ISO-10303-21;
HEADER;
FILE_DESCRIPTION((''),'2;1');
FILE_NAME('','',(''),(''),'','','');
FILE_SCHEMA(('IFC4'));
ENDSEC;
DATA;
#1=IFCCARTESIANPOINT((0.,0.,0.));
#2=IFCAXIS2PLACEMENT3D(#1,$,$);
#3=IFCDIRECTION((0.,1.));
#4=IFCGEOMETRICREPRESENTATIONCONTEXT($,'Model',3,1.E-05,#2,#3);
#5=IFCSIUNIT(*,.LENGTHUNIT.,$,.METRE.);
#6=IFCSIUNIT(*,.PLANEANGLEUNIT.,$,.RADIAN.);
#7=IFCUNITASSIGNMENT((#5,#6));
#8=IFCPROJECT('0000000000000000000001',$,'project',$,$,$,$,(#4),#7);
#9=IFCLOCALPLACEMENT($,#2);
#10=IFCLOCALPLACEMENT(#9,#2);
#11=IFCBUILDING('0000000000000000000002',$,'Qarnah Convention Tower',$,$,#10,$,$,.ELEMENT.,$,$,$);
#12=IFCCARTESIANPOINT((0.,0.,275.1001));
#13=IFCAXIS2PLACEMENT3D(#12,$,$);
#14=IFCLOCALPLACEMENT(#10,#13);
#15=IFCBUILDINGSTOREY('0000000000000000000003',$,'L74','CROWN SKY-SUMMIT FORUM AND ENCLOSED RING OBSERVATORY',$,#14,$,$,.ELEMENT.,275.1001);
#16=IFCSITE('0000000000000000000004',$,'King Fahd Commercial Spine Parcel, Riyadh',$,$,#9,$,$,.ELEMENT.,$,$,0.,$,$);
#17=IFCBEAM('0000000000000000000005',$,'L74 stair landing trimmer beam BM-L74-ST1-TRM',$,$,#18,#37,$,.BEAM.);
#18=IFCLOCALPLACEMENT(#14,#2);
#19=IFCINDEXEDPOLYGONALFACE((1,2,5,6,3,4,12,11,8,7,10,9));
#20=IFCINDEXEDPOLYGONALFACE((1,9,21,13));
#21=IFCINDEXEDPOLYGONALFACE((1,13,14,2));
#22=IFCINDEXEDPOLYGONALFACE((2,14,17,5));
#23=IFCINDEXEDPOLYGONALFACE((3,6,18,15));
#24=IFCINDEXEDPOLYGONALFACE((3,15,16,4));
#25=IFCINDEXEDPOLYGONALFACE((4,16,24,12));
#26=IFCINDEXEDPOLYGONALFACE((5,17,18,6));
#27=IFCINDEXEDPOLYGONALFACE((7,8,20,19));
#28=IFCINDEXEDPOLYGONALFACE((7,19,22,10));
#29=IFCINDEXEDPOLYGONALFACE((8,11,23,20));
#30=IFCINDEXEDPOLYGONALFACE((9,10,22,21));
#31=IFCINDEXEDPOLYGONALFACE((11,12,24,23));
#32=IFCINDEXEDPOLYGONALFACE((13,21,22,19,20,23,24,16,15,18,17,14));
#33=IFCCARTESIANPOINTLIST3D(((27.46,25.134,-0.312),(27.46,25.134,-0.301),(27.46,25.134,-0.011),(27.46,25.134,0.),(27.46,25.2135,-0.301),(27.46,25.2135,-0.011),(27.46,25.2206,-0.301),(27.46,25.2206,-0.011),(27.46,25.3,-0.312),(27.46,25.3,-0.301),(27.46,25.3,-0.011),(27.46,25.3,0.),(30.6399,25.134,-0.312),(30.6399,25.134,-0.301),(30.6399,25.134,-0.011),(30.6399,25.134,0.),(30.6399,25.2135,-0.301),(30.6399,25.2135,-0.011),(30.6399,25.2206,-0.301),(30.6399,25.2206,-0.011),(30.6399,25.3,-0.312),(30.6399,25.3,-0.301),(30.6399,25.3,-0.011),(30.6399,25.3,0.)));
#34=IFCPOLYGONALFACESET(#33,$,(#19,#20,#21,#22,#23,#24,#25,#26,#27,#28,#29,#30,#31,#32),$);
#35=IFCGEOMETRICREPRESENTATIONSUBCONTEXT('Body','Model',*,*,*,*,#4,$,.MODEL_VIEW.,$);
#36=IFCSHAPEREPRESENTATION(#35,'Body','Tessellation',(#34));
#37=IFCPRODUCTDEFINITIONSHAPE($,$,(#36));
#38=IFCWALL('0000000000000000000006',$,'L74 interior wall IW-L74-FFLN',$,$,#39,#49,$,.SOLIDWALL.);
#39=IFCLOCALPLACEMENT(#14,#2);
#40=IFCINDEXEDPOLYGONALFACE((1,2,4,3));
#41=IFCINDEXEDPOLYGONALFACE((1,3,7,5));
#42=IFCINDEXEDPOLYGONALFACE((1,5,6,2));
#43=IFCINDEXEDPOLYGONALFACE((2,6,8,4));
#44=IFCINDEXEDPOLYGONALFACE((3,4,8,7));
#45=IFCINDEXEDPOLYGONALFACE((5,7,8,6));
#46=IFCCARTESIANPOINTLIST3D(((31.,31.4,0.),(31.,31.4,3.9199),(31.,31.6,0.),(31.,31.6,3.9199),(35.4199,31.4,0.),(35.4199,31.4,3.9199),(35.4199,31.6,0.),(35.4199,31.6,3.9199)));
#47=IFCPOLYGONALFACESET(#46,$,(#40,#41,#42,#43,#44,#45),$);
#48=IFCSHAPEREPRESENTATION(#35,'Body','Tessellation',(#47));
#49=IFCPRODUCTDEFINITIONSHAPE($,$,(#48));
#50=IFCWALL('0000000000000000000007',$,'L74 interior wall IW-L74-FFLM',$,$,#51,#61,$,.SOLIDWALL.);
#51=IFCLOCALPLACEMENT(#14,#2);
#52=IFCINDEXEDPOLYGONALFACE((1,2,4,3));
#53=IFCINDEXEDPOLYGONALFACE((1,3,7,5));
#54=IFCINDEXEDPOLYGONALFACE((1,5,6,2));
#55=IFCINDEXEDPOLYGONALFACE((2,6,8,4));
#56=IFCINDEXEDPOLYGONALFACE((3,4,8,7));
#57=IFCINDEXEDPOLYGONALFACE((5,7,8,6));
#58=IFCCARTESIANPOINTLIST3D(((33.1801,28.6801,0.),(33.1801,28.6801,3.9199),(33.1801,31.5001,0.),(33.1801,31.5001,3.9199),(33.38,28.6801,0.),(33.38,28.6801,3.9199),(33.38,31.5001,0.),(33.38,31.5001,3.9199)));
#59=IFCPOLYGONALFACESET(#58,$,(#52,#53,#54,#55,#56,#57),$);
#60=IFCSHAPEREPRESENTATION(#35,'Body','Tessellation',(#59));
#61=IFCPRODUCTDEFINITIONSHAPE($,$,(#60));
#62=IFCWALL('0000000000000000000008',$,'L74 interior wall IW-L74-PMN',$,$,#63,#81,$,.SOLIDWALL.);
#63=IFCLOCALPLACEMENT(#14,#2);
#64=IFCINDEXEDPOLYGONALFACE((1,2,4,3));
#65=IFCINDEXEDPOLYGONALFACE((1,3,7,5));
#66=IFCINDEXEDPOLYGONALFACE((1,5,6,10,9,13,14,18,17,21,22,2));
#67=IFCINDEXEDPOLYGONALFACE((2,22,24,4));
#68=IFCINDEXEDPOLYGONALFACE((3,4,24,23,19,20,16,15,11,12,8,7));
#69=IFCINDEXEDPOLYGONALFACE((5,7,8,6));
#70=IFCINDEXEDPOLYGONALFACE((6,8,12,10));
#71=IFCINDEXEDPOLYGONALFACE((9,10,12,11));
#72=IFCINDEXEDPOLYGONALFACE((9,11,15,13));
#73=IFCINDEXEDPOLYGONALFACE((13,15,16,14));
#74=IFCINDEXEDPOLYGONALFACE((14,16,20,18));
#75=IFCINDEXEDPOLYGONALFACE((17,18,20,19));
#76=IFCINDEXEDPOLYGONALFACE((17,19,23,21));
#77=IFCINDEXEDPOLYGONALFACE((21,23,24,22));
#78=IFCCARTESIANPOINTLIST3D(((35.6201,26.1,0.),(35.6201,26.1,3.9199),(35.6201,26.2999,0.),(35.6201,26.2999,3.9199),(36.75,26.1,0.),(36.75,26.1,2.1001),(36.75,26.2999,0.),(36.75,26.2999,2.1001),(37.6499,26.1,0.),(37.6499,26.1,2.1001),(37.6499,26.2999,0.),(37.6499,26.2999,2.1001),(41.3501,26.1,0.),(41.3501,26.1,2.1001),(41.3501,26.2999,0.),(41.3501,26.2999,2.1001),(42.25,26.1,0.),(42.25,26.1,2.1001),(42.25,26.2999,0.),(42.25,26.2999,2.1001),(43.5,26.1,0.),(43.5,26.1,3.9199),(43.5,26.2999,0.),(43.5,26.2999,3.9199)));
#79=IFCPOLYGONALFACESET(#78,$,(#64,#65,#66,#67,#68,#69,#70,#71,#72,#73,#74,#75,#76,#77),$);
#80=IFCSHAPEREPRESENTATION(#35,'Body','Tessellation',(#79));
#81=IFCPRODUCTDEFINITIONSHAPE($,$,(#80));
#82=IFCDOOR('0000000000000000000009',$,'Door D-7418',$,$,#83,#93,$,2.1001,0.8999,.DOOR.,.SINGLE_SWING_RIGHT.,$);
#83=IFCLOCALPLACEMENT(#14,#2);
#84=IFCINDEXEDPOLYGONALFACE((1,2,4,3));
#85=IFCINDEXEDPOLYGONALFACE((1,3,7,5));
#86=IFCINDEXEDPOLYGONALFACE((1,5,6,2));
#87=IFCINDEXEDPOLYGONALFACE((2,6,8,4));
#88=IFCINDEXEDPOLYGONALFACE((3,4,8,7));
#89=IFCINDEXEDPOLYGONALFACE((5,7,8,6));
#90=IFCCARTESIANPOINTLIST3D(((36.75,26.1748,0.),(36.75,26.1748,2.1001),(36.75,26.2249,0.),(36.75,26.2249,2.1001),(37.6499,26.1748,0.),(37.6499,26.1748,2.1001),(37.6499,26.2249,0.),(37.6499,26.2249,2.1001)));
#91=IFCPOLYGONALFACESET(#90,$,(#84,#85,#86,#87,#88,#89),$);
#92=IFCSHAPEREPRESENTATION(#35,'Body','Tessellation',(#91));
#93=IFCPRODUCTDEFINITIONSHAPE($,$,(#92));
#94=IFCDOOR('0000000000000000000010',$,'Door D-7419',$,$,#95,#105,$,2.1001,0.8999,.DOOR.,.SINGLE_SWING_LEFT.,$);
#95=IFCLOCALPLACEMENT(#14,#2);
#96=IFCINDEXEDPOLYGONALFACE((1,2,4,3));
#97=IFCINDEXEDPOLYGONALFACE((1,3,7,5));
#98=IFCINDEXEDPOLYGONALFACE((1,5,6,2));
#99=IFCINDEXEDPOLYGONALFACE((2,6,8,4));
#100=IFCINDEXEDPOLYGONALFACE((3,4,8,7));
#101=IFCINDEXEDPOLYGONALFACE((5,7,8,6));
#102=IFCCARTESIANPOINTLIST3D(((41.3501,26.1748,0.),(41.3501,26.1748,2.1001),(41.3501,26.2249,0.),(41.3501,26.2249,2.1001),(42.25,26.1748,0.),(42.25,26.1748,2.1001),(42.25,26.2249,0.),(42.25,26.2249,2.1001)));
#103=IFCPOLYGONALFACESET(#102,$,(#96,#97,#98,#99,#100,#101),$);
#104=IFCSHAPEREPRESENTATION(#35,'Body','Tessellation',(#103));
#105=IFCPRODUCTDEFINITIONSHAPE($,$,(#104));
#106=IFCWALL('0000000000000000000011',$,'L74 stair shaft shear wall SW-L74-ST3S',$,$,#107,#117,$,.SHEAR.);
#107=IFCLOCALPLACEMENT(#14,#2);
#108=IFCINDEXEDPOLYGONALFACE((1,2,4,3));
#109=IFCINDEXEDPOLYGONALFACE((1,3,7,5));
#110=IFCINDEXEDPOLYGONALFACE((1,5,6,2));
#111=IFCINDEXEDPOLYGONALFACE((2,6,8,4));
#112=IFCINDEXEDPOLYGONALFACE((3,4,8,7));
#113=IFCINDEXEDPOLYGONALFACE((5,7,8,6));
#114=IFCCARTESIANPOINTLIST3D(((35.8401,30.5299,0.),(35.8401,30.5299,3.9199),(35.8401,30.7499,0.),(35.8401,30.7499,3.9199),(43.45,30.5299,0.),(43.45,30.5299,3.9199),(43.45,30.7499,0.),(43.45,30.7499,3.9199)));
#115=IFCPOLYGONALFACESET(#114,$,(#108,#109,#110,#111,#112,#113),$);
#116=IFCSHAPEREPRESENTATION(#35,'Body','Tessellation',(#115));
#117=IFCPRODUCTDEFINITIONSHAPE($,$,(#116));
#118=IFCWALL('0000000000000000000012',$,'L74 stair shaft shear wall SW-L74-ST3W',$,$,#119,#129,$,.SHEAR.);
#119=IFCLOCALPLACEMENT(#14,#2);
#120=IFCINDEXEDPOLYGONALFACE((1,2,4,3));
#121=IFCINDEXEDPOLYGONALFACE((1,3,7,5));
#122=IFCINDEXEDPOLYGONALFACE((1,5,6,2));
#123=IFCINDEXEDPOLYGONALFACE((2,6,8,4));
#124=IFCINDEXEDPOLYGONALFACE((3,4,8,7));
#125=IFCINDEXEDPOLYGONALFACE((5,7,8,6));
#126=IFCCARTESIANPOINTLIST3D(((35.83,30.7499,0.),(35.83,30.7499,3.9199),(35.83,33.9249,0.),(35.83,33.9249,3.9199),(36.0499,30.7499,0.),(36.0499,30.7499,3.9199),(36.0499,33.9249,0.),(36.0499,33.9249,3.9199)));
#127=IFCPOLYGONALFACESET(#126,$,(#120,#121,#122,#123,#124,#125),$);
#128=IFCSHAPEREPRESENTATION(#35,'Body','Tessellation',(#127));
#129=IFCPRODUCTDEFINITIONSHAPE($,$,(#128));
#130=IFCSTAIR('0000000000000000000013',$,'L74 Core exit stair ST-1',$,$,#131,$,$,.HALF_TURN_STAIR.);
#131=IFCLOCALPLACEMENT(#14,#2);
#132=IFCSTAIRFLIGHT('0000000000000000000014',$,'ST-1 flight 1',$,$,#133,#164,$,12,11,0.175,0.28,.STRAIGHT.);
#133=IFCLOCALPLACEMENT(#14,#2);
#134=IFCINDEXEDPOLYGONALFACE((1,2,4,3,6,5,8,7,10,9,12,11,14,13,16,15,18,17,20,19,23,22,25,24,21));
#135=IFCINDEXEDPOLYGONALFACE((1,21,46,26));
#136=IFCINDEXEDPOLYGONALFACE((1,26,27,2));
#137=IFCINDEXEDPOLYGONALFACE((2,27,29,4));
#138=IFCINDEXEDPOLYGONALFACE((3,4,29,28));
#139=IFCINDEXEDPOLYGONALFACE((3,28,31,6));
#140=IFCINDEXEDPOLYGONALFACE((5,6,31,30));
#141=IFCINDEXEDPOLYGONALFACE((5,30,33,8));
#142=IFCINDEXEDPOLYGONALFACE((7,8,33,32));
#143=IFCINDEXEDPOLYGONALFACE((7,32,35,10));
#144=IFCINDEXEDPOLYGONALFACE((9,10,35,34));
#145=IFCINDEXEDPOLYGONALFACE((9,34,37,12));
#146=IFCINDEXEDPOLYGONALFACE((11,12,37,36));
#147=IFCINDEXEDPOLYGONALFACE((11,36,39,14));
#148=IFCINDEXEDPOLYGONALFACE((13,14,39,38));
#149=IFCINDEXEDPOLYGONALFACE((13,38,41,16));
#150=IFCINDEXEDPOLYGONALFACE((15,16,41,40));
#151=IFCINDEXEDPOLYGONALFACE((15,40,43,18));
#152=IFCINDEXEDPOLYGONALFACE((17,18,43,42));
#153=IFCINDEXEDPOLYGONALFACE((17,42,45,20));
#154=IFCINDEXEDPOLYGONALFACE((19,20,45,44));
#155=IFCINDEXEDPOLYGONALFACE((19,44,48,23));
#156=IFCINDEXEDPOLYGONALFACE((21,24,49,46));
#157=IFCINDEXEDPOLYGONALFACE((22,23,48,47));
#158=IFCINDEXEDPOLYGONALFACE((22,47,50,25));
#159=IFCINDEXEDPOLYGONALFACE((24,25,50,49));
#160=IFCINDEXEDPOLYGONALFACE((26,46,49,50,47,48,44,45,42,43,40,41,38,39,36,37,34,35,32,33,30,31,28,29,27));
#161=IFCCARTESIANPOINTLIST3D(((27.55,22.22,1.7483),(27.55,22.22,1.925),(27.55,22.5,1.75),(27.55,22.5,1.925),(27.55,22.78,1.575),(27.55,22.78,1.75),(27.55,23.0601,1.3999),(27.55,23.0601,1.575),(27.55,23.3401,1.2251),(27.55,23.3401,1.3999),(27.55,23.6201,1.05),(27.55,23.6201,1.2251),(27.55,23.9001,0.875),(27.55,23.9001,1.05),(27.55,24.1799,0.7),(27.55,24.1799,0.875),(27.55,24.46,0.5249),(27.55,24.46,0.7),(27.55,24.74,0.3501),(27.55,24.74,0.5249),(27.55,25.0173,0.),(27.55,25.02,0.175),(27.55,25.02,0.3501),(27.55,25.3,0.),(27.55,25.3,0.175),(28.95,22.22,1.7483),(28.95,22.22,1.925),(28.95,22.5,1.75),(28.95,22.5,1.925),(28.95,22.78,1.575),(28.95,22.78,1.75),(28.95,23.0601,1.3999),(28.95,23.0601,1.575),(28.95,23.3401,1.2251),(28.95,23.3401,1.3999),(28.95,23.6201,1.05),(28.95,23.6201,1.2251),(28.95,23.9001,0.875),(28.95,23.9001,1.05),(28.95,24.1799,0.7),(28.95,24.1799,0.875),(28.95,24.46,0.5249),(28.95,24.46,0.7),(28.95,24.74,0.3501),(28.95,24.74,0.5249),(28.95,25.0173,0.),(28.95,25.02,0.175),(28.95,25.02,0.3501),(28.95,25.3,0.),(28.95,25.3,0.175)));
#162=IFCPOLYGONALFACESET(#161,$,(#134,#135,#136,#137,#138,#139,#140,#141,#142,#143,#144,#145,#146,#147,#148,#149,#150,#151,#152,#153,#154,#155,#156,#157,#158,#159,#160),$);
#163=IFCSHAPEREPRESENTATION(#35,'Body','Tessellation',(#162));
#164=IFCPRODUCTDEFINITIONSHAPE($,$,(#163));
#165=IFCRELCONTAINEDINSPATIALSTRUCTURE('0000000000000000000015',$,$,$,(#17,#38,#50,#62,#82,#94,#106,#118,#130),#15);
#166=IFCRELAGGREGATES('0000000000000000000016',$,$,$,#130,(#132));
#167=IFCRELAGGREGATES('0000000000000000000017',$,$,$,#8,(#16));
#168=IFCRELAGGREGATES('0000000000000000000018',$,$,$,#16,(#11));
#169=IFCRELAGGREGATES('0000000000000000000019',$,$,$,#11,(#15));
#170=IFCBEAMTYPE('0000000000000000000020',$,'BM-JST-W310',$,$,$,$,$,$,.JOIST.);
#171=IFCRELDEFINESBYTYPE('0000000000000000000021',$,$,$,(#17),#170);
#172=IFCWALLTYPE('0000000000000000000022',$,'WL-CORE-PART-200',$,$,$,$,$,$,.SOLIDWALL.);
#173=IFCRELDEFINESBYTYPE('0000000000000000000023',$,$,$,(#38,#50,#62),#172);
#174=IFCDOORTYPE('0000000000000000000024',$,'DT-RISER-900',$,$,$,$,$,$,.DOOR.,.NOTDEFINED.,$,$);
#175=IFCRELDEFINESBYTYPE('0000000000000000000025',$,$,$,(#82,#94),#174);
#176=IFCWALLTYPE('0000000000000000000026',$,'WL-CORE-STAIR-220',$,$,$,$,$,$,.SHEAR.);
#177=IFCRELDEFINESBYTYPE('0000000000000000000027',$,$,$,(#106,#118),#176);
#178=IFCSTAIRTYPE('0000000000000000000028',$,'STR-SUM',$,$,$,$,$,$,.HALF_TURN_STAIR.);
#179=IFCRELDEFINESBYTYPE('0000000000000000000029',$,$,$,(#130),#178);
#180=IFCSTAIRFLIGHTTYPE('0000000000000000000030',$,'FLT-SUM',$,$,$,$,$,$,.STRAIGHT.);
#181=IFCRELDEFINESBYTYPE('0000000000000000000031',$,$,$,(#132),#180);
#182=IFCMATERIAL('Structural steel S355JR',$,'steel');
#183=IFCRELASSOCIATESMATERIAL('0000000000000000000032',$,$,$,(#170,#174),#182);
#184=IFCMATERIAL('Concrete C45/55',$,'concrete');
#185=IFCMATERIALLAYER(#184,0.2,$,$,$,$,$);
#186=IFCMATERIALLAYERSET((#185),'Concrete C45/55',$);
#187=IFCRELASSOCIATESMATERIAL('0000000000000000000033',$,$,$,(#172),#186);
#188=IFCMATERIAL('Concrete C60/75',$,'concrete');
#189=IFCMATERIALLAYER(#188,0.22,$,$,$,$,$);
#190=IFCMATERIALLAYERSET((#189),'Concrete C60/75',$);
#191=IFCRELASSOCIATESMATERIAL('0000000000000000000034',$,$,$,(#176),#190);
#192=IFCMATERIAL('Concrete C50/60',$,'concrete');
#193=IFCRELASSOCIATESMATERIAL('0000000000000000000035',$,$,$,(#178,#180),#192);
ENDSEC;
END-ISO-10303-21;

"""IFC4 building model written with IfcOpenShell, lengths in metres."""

from ifc_helpers import new_model, si_unit, direction, frame, frame_2d, origin, origin_2d, place, context, subcontext, project, spatial, polyline, rectangle, i_section, outline, extrude, material, layer, layer_set, material_profile, profile_set, type_object, element, fill, aggregate, save


model = new_model("IFC4")

# Units and contexts
model_context = context("Model", 3, precision=1e-05, world=origin(), true_north=direction((0.0, 1.0)))
body_context = subcontext(model_context, "Body", "Model", "MODEL_VIEW")
ifc_project = project(units=[si_unit("LENGTHUNIT", "METRE"), si_unit("PLANEANGLEUNIT", "RADIAN")], contexts=[model_context])

# Site, building, storey
site_placement = place(None, origin())
site = spatial("IfcSite", under=ifc_project, at=site_placement, Name="King Fahd Commercial Spine Parcel, Riyadh", CompositionType="ELEMENT", RefElevation=0.0)
building_placement = place(site_placement, origin())
building = spatial("IfcBuilding", under=site, at=building_placement, Name="Qarnah Convention Tower", CompositionType="ELEMENT")
storey_placement = place(building_placement, frame((0.0, 0.0, 275.1001)))
storey = spatial("IfcBuildingStorey", under=building, at=storey_placement, Name="L74", Description="CROWN SKY-SUMMIT FORUM AND ENCLOSED RING OBSERVATORY", CompositionType="ELEMENT", Elevation=275.1001)

# Beam
ifc_material_1 = material(Name="Structural steel S355JR", Category="steel")
ifc_material_profile = material_profile(ifc_material_1, i_section(OverallWidth=0.166, OverallDepth=0.312, WebThickness=0.0071, FlangeThickness=0.011, at=origin_2d()), Name="W310X45")
ifc_profile_set = profile_set([ifc_material_profile], Name="Structural steel S355JR")
beam_type = type_object("IfcBeamType", Name="BM-JST-W310", PredefinedType="JOIST", material=ifc_profile_set)
beam_placement = place(storey_placement, frame((27.46, 25.217, -0.156), z_axis=(1.0, 0.0, 0.0), x_axis=(0.0, 1.0, 0.0)))
element("IfcBeam", 1, at=beam_placement, inside=storey, type_object=beam_type, Name="L74 stair landing trimmer beam BM-L74-ST1-TRM", PredefinedType="BEAM", context=body_context, shape_type="SweptSolid", body=[
    extrude(i_section(OverallWidth=0.166, OverallDepth=0.312, WebThickness=0.0071, FlangeThickness=0.011, at=origin_2d()), origin(), (0.0, 0.0, 1.0), 3.1799),
])

# Shared definitions
ifc_material_2 = material(Name="Concrete C45/55", Category="concrete")
ifc_layer_1 = layer(ifc_material_2, 0.2)
ifc_layer_set_1 = layer_set([ifc_layer_1], Name="Concrete C45/55")
wall_type_1 = type_object("IfcWallType", Name="WL-CORE-PART-200", PredefinedType="SOLIDWALL", material=ifc_layer_set_1)

# Walls
wall_1_placement = place(storey_placement, frame((31.0, 31.5, 0.0), z_axis=(0.0, 0.0, 1.0), x_axis=(1.0, 0.0, 0.0)))
element("IfcWall", 2, at=wall_1_placement, inside=storey, type_object=wall_type_1, Name="L74 interior wall IW-L74-FFLN", PredefinedType="SOLIDWALL", context=body_context, shape_type="SweptSolid", body=[
    extrude(rectangle(XDim=4.4199, YDim=0.2, at=frame_2d((2.21, 0.0))), origin(), (0.0, 0.0, 1.0), 3.9199),
])
wall_2_placement = place(storey_placement, frame((33.28, 28.6799, 0.0), z_axis=(0.0, 0.0, 1.0), x_axis=(0.0, 1.0, 0.0)))
element("IfcWall", 3, at=wall_2_placement, inside=storey, type_object=wall_type_1, Name="L74 interior wall IW-L74-FFLM", PredefinedType="SOLIDWALL", context=body_context, shape_type="SweptSolid", body=[
    extrude(rectangle(XDim=2.8201, YDim=0.2, at=frame_2d((1.4102, 0.0))), origin(), (0.0, 0.0, 1.0), 3.9199),
])

# Wall, openings, doors
door_type_1 = type_object("IfcDoorType", Name="DT-RISER-900", OperationType="NOTDEFINED", PredefinedType="DOOR", material=ifc_material_1)
wall_3_placement = place(storey_placement, frame((35.6201, 26.2, 0.0), z_axis=(0.0, 0.0, 1.0), x_axis=(1.0, 0.0, 0.0)))
wall_3 = element("IfcWall", 4, at=wall_3_placement, inside=storey, type_object=wall_type_1, Name="L74 interior wall IW-L74-PMN", PredefinedType="SOLIDWALL", context=body_context, shape_type="SweptSolid", body=[
    extrude(rectangle(XDim=7.8799, YDim=0.2, at=frame_2d((3.9399, 0.0))), origin(), (0.0, 0.0, 1.0), 3.9199),
])
opening_1_placement = place(wall_3_placement, frame((1.1299, 0.0, 0.0)))
opening_1 = element("IfcOpeningElement", 5, at=opening_1_placement, cuts=wall_3, PredefinedType="OPENING", context=body_context, shape_type="SweptSolid", body=[
    extrude(rectangle(XDim=0.8999, YDim=2.1001, at=frame_2d((0.45, 1.05))), frame((0.0, 0.1099, 0.0), z_axis=(0.0, -1.0, 0.0), x_axis=(1.0, 0.0, 0.0)), (0.0, 0.0, 1.0), 0.22),
])
opening_2_placement = place(wall_3_placement, frame((5.73, 0.0, 0.0)))
opening_2 = element("IfcOpeningElement", 6, at=opening_2_placement, cuts=wall_3, PredefinedType="OPENING", context=body_context, shape_type="SweptSolid", body=[
    extrude(rectangle(XDim=0.8999, YDim=2.1001, at=frame_2d((0.45, 1.05))), frame((0.0, 0.1099, 0.0), z_axis=(0.0, -1.0, 0.0), x_axis=(1.0, 0.0, 0.0)), (0.0, 0.0, 1.0), 0.22),
])
door_1_placement = place(opening_1_placement, origin())
door_1 = element("IfcDoor", 7, at=door_1_placement, inside=storey, type_object=door_type_1, Name="Door D-7418", OperationType="SINGLE_SWING_RIGHT", OverallHeight=2.1001, OverallWidth=0.8999, PredefinedType="DOOR", context=body_context, shape_type="SweptSolid", body=[
    extrude(rectangle(XDim=0.8999, YDim=2.1001, at=frame_2d((0.45, 1.05))), frame((0.0, 0.0249, 0.0), z_axis=(0.0, -1.0, 0.0), x_axis=(1.0, 0.0, 0.0)), (0.0, 0.0, 1.0), 0.05),
])
fill(opening_1, door_1)
door_2_placement = place(opening_2_placement, origin())
door_2 = element("IfcDoor", 8, at=door_2_placement, inside=storey, type_object=door_type_1, Name="Door D-7419", OperationType="SINGLE_SWING_LEFT", OverallHeight=2.1001, OverallWidth=0.8999, PredefinedType="DOOR", context=body_context, shape_type="SweptSolid", body=[
    extrude(rectangle(XDim=0.8999, YDim=2.1001, at=frame_2d((0.45, 1.05))), frame((0.0, 0.0249, 0.0), z_axis=(0.0, -1.0, 0.0), x_axis=(1.0, 0.0, 0.0)), (0.0, 0.0, 1.0), 0.05),
])
fill(opening_2, door_2)

# Walls
ifc_material_3 = material(Name="Concrete C60/75", Category="concrete")
ifc_layer_2 = layer(ifc_material_3, 0.22)
ifc_layer_set_2 = layer_set([ifc_layer_2], Name="Concrete C60/75")
wall_type_2 = type_object("IfcWallType", Name="WL-CORE-STAIR-220", PredefinedType="SHEAR", material=ifc_layer_set_2)
wall_4_placement = place(storey_placement, frame((35.8401, 30.6399, 0.0), z_axis=(0.0, 0.0, 1.0), x_axis=(1.0, 0.0, 0.0)))
element("IfcWall", 9, at=wall_4_placement, inside=storey, type_object=wall_type_2, Name="L74 stair shaft shear wall SW-L74-ST3S", PredefinedType="SHEAR", context=body_context, shape_type="SweptSolid", body=[
    extrude(rectangle(XDim=7.6099, YDim=0.22, at=frame_2d((3.8049, 0.0))), origin(), (0.0, 0.0, 1.0), 3.9199),
])
wall_5_placement = place(storey_placement, frame((35.9399, 30.75, 0.0), z_axis=(0.0, 0.0, 1.0), x_axis=(0.0, 1.0, 0.0)))
element("IfcWall", 10, at=wall_5_placement, inside=storey, type_object=wall_type_2, Name="L74 stair shaft shear wall SW-L74-ST3W", PredefinedType="SHEAR", context=body_context, shape_type="SweptSolid", body=[
    extrude(rectangle(XDim=3.175, YDim=0.22, at=frame_2d((1.5874, 0.0))), origin(), (0.0, 0.0, 1.0), 3.9199),
])

# Stair, stair flight
ifc_material_4 = material(Name="Concrete C50/60", Category="concrete")
stair_type = type_object("IfcStairType", Name="STR-SUM", PredefinedType="HALF_TURN_STAIR", material=ifc_material_4)
stair_placement = place(storey_placement, origin())
stair = element("IfcStair", 11, at=stair_placement, inside=storey, type_object=stair_type, Name="L74 Core exit stair ST-1", PredefinedType="HALF_TURN_STAIR")
stair_flight_type = type_object("IfcStairFlightType", Name="FLT-SUM", PredefinedType="STRAIGHT", material=ifc_material_4)
stair_flight_placement = place(storey_placement, frame((28.25, 25.3, 0.0), z_axis=(0.0, 0.0, 1.0), x_axis=(0.0, -1.0, 0.0)))
stair_flight = element("IfcStairFlight", 12, at=stair_flight_placement, type_object=stair_flight_type, Name="ST-1 flight 1", NumberOfRisers=12, NumberOfTreads=11, PredefinedType="STRAIGHT", RiserHeight=0.175, TreadLength=0.28, context=body_context, shape_type="SweptSolid", body=[
    extrude(outline(polyline([(0.0, 0.0), (0.0, 0.175), (0.28, 0.175), (0.28, 0.3501), (0.5601, 0.3501), (0.5601, 0.5249), (0.8401, 0.5249), (0.8401, 0.7), (1.1201, 0.7), (1.1201, 0.875), (1.3999, 0.875), (1.3999, 1.05), (1.6799, 1.05), (1.6799, 1.2251), (1.96, 1.2251), (1.96, 1.3999), (2.24, 1.3999), (2.24, 1.575), (2.52, 1.575), (2.52, 1.75), (2.8, 1.75), (2.8, 1.925), (3.0801, 1.925), (3.0801, 2.1001), (3.0801, 1.7483), (0.2827, 0.0), (0.0, 0.0)])), frame((0.0, 0.7, 0.0), z_axis=(0.0, -1.0, 0.0), x_axis=(1.0, 0.0, 0.0)), (0.0, 0.0, 1.0), 1.3999),
])
aggregate(stair, [stair_flight])

save(model, "model.ifc")
